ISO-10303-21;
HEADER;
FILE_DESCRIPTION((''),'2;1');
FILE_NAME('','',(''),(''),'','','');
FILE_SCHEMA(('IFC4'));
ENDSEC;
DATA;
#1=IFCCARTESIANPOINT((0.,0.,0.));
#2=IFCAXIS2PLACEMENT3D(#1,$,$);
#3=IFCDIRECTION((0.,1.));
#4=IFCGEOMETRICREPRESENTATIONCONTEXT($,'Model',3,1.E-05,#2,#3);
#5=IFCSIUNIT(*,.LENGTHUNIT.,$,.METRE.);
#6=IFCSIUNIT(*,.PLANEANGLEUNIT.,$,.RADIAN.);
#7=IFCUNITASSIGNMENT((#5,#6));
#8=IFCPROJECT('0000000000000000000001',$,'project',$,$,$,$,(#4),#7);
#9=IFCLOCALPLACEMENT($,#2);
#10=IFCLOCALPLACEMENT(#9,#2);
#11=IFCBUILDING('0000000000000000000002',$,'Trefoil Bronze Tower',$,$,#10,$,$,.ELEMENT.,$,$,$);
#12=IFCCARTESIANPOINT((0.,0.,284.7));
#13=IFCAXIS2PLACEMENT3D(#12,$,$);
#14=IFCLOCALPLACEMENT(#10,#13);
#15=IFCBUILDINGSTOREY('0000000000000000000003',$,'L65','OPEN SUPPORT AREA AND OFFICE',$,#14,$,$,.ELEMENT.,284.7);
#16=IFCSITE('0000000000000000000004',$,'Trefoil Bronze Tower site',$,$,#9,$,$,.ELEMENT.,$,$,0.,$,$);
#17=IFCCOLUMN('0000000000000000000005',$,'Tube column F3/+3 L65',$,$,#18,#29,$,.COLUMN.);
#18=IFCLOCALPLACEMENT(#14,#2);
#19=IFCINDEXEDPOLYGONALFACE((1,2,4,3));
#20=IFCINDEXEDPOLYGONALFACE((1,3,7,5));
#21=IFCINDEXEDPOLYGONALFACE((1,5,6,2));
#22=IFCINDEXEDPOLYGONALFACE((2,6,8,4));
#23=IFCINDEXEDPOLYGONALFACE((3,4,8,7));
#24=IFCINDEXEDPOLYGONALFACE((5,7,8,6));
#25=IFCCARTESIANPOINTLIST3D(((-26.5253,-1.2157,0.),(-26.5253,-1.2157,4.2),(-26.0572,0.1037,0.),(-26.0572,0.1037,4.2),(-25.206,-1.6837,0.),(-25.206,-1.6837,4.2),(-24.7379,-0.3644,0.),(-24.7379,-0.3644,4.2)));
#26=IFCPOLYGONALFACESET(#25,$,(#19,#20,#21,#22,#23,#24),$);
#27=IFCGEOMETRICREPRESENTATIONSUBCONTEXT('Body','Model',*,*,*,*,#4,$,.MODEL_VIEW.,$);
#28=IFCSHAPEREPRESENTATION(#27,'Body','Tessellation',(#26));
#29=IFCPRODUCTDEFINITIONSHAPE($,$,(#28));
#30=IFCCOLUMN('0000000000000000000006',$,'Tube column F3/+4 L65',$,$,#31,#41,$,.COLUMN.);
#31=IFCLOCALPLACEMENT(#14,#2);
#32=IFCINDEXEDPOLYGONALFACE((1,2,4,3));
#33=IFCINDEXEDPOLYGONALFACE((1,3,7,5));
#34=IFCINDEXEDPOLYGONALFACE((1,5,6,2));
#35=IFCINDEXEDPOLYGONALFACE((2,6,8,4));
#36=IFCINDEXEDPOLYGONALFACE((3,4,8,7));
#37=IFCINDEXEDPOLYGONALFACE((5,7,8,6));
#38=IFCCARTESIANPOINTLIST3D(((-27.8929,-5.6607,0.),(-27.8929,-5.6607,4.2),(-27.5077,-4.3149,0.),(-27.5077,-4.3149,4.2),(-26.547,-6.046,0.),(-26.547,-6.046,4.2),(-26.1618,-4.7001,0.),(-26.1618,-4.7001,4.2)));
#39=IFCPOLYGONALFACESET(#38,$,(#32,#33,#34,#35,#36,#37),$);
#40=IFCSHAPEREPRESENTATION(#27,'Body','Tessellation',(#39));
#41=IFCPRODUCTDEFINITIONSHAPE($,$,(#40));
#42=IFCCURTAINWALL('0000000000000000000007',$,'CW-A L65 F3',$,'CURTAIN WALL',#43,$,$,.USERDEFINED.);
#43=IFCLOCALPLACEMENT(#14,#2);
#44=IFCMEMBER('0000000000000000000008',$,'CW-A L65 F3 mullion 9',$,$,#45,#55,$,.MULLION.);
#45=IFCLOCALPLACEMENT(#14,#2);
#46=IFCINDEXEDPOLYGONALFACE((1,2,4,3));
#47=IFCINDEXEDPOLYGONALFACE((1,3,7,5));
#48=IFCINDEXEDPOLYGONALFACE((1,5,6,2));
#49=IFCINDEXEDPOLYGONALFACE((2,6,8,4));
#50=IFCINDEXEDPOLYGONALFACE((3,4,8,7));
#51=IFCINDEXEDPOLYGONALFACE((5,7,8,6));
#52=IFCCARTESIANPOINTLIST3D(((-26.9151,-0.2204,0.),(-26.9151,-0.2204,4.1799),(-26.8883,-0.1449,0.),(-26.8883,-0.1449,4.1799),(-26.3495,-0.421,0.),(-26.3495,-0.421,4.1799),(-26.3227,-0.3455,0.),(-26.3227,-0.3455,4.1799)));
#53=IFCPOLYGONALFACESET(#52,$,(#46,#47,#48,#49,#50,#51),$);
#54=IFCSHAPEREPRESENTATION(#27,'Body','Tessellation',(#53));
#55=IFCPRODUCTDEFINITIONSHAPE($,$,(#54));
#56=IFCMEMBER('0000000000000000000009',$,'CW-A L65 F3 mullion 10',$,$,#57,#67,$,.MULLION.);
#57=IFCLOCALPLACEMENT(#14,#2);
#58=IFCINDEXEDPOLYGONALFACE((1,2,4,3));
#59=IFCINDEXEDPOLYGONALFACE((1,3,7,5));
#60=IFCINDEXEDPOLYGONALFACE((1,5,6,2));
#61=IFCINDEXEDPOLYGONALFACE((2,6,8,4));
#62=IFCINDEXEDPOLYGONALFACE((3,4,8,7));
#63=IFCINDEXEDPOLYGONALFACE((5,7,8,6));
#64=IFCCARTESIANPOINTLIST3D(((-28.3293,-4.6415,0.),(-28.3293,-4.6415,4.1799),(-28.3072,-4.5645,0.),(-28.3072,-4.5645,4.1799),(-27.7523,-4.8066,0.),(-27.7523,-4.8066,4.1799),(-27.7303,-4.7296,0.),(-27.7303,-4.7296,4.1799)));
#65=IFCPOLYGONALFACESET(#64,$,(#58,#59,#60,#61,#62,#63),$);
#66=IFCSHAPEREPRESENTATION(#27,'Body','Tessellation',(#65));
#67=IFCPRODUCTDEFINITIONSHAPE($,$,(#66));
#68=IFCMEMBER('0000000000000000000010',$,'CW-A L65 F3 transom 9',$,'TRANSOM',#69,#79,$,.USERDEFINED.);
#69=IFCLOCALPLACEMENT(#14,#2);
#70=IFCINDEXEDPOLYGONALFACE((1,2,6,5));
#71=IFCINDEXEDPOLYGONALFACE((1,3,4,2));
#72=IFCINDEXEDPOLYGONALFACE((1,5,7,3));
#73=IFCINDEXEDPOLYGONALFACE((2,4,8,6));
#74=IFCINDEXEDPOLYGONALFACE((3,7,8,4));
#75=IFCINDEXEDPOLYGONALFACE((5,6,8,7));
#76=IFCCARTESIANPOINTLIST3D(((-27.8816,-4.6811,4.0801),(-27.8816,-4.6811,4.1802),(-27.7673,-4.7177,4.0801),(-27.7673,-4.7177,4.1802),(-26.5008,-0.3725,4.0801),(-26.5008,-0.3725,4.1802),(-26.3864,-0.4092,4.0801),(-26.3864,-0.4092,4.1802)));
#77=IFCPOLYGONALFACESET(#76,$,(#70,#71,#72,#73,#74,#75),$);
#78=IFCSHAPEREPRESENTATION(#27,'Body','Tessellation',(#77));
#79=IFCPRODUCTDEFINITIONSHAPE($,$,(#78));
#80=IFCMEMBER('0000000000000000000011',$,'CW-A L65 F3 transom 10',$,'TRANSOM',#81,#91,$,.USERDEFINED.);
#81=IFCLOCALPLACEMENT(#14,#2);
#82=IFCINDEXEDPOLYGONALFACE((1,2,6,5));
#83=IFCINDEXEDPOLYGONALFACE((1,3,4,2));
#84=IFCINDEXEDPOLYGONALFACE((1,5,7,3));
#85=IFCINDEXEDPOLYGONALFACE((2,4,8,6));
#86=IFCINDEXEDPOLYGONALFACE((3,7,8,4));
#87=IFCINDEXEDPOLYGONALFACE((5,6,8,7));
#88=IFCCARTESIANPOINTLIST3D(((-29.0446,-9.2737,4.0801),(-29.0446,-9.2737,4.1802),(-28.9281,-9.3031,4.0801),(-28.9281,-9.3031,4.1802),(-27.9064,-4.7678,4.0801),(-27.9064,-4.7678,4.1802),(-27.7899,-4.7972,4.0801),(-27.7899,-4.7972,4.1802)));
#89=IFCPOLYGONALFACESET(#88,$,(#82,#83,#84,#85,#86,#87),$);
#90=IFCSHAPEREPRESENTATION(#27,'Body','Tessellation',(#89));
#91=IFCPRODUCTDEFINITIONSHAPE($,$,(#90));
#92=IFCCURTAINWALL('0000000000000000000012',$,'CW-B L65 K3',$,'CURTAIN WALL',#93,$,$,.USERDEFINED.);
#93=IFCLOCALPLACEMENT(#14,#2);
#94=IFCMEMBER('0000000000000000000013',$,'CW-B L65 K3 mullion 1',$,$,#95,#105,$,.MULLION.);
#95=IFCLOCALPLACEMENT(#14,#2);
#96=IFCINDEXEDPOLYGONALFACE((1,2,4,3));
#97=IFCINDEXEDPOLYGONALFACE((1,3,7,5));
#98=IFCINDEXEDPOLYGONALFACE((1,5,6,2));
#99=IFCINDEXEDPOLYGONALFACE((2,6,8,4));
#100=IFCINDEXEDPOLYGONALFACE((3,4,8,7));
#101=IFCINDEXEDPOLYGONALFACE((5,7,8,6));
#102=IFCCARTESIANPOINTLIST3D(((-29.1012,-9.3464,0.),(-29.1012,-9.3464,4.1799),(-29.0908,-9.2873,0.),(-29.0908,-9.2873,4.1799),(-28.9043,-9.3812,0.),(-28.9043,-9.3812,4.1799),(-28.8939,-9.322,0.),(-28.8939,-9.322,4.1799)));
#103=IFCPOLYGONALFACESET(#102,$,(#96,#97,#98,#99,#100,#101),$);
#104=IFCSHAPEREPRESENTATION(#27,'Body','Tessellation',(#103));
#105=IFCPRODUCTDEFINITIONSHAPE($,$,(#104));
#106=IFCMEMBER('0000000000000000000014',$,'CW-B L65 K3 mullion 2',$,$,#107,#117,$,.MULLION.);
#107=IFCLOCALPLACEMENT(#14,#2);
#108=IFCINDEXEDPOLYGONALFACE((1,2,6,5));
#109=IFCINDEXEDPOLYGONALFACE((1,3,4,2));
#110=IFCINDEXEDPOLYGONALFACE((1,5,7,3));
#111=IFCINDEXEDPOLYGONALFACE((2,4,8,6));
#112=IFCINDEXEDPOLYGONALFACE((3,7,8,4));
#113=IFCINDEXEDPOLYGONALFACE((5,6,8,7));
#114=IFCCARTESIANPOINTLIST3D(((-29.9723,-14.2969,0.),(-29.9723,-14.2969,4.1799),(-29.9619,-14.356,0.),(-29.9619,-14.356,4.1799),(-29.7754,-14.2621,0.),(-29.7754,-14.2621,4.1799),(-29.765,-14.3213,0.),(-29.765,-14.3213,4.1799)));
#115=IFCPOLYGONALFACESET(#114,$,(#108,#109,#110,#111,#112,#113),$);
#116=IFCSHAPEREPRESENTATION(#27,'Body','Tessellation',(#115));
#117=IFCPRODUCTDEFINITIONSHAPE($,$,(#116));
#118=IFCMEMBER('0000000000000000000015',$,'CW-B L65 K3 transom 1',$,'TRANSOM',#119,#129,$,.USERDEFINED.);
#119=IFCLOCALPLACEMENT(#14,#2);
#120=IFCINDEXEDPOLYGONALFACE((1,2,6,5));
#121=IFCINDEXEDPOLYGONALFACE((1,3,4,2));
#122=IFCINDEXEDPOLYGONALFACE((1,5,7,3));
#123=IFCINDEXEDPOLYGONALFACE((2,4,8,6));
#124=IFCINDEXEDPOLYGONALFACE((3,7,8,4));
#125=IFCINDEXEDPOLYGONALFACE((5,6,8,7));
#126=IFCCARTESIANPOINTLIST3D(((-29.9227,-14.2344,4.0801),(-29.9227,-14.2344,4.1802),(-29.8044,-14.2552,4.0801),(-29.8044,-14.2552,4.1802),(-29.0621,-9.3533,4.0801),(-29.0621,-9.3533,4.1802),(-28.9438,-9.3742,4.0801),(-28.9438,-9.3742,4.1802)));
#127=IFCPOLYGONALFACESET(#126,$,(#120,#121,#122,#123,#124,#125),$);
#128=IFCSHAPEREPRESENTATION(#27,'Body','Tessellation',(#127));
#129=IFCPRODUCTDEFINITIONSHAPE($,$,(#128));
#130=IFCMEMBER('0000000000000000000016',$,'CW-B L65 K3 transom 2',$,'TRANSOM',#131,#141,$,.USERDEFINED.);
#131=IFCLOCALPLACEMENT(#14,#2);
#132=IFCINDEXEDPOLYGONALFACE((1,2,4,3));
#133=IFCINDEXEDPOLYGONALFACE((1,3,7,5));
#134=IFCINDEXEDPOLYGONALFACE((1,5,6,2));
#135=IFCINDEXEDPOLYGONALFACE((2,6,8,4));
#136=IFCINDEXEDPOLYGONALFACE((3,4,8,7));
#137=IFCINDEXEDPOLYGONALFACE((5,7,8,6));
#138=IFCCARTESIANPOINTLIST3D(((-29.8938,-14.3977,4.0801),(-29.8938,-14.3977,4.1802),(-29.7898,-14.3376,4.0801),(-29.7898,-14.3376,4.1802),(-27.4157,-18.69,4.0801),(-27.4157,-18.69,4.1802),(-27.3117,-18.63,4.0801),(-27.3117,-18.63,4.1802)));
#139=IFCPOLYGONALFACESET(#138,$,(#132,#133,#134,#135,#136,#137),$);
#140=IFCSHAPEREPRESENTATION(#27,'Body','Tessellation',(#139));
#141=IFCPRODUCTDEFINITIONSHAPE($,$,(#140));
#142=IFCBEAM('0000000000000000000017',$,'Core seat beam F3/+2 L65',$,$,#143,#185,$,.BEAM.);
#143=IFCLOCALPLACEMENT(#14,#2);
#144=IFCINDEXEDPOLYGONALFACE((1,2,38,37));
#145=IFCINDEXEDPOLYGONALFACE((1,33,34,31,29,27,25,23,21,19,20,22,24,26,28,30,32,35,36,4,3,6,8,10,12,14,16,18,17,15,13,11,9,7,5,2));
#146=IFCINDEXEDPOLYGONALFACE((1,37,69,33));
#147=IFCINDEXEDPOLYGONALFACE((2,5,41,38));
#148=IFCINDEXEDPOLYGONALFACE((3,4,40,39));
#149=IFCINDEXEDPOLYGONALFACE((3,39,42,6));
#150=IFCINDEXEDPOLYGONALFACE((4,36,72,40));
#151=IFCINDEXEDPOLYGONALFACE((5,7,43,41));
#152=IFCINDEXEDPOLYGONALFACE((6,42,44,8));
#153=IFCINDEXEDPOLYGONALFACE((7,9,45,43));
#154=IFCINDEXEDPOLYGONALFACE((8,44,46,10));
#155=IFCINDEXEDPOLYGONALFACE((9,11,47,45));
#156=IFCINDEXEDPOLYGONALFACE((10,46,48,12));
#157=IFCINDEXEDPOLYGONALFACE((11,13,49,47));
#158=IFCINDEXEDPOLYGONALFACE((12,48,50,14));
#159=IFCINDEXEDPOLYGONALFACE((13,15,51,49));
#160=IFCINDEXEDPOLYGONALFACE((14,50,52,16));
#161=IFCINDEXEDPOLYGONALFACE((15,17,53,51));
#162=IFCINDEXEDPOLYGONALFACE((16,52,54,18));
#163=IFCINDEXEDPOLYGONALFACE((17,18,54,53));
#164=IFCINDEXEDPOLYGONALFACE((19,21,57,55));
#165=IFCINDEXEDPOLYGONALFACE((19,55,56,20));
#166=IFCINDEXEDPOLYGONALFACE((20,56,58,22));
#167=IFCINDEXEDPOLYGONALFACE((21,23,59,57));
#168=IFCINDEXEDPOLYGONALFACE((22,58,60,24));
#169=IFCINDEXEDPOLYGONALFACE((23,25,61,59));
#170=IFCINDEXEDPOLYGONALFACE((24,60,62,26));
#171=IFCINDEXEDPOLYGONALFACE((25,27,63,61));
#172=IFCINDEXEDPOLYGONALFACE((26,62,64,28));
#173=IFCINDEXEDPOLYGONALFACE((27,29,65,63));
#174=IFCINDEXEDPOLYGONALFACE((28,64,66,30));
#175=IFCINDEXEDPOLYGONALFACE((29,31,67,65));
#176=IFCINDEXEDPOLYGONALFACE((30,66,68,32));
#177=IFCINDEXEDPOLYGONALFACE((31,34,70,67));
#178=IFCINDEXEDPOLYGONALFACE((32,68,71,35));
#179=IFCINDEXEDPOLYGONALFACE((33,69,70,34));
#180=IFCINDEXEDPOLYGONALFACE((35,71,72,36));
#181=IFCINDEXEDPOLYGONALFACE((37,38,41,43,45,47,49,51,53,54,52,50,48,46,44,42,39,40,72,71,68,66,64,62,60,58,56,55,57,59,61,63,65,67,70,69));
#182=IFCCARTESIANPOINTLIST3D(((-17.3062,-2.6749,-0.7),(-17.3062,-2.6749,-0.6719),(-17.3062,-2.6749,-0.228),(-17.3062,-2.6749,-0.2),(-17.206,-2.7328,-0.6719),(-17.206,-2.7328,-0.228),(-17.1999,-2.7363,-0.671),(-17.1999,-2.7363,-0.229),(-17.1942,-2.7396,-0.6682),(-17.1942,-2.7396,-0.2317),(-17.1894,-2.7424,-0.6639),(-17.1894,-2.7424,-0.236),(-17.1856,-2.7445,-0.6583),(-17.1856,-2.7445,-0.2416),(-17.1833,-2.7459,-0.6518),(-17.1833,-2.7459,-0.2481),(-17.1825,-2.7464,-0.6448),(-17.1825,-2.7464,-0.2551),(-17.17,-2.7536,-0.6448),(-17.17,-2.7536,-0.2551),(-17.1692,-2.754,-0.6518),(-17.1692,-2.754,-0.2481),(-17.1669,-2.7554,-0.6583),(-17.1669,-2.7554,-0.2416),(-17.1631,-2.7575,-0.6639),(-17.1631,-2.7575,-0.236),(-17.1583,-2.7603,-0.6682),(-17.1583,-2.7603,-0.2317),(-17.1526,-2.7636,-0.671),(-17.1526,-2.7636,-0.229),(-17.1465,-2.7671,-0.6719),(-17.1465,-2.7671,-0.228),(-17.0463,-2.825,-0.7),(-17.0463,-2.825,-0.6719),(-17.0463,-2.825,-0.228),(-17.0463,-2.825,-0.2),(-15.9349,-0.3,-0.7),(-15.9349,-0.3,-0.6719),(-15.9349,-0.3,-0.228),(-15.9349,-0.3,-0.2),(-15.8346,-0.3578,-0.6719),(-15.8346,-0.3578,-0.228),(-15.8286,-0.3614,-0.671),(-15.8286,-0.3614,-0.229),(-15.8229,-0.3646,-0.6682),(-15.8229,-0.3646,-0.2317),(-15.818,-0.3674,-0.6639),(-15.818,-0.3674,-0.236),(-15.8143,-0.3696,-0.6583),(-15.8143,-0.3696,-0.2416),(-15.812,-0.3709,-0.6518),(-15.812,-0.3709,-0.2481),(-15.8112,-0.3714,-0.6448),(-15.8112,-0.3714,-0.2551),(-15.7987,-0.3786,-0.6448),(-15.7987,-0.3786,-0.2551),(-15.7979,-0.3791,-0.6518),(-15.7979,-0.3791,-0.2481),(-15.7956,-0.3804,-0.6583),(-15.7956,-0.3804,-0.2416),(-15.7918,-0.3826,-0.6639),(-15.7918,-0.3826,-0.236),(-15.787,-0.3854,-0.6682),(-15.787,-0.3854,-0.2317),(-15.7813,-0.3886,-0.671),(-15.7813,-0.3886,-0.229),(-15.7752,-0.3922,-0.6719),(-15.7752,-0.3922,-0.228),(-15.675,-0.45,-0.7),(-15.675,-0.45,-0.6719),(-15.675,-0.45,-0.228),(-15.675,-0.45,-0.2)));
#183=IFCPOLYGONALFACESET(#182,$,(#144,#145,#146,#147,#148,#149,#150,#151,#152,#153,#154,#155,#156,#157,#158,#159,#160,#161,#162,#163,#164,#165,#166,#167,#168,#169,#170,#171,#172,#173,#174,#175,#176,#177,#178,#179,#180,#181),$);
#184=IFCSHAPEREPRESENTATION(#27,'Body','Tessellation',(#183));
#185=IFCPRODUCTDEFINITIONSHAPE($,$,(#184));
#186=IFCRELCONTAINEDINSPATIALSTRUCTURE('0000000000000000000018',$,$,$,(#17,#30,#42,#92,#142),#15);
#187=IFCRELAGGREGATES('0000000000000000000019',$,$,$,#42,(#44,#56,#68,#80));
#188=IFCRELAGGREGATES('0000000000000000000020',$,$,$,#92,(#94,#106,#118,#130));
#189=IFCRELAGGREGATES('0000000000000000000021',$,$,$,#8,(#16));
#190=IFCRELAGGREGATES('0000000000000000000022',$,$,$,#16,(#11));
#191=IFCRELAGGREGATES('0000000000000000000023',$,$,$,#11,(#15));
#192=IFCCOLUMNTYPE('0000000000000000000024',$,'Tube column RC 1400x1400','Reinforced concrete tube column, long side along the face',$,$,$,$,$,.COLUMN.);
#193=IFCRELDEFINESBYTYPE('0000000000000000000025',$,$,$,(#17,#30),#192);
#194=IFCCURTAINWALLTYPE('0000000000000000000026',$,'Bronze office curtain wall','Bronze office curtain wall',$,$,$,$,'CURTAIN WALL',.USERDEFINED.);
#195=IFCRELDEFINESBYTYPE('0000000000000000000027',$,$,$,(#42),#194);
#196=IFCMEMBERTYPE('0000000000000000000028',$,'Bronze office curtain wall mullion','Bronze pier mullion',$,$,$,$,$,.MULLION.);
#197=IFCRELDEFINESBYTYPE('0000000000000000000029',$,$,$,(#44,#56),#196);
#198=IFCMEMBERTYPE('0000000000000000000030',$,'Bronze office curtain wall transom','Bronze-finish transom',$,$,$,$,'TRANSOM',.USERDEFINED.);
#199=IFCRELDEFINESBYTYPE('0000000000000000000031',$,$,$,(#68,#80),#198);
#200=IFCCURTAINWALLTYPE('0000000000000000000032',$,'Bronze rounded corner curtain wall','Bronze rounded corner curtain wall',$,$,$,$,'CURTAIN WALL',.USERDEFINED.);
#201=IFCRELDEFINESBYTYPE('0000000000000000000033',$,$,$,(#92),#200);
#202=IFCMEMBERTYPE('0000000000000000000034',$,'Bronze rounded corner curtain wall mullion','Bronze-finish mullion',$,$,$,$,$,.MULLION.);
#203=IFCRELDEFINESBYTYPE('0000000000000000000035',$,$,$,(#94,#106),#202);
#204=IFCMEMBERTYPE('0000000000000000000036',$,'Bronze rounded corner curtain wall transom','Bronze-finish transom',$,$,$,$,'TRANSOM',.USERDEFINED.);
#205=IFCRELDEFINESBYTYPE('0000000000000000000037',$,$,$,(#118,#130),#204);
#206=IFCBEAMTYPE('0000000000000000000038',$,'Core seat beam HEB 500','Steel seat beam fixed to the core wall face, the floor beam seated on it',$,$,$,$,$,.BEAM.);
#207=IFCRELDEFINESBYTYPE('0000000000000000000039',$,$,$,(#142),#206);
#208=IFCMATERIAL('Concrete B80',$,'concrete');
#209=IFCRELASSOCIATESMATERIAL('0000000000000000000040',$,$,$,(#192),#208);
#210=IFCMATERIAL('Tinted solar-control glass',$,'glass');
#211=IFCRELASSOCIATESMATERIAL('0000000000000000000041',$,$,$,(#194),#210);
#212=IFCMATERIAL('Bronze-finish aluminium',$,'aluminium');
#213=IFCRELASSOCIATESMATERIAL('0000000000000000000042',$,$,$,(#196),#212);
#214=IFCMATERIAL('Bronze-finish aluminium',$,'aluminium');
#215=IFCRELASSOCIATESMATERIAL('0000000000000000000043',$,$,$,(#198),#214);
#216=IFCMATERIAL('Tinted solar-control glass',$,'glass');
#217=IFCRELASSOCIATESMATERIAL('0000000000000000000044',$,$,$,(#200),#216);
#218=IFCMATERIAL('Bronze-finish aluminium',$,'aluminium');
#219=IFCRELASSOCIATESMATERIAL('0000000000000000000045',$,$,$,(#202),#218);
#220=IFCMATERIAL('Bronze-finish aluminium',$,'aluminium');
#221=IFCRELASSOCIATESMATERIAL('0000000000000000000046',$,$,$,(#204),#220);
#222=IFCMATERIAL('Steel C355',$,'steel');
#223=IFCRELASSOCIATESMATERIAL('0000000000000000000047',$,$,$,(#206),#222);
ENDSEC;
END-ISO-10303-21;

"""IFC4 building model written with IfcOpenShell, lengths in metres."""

from ifc_helpers import new_model, si_unit, direction, frame, origin, origin_2d, place, context, subcontext, project, spatial, rectangle, i_section, extrude, material, material_profile, profile_set, type_object, element, aggregate, save


model = new_model("IFC4")

# Units and contexts
model_context = context("Model", 3, precision=1e-05, world=origin(), true_north=direction((0.0, 1.0)))
body_context = subcontext(model_context, "Body", "Model", "MODEL_VIEW")
ifc_project = project(units=[si_unit("LENGTHUNIT", "METRE"), si_unit("PLANEANGLEUNIT", "RADIAN")], contexts=[model_context])

# Site, building, storey
site_placement = place(None, origin())
site = spatial("IfcSite", under=ifc_project, at=site_placement, Name="Trefoil Bronze Tower site", CompositionType="ELEMENT", RefElevation=0.0)
building_placement = place(site_placement, origin())
building = spatial("IfcBuilding", under=site, at=building_placement, Name="Trefoil Bronze Tower", CompositionType="ELEMENT")
storey_placement = place(building_placement, frame((0.0, 0.0, 284.7)))
storey = spatial("IfcBuildingStorey", under=building, at=storey_placement, Name="L65", Description="OPEN SUPPORT AREA AND OFFICE", CompositionType="ELEMENT", Elevation=284.7)

# Columns
ifc_material_1 = material(Name="Concrete B80", Category="concrete")
ifc_material_profile_1 = material_profile(ifc_material_1, rectangle(XDim=1.3999, YDim=1.3999, at=origin_2d()), Name="RC 1400x1400")
ifc_profile_set_1 = profile_set([ifc_material_profile_1], Name="Concrete B80")
column_type = type_object("IfcColumnType", Name="Tube column RC 1400x1400", Description="Reinforced concrete tube column, long side along the face", PredefinedType="COLUMN", material=ifc_profile_set_1)
for number, where, z_axis, x_axis, name in (
    (1, (-25.6316, -0.79, 0.0), (0.0, 0.0, 1.0), (-0.334352, -0.942448, 0.0), "Tube column F3/+3 L65"),
    (2, (-27.0273, -5.1804, 0.0), (0.0, 0.0, 1.0), (-0.275169, -0.961396, 0.0), "Tube column F3/+4 L65"),
):
    element("IfcColumn", number, at=place(storey_placement, frame(where, z_axis=z_axis, x_axis=x_axis)), inside=storey, type_object=column_type, Name=name, PredefinedType="COLUMN", context=body_context, shape_type="SweptSolid", body=[
        extrude(rectangle(XDim=1.3999, YDim=1.3999, at=origin_2d()), origin(), (0.0, 0.0, 1.0), 4.2),
    ])

# Curtain walls, members
ifc_material_2 = material(Name="Tinted solar-control glass", Category="glass")
curtain_wall_type_1 = type_object("IfcCurtainWallType", Name="Bronze office curtain wall", Description="Bronze office curtain wall", ElementType="CURTAIN WALL", PredefinedType="USERDEFINED", material=ifc_material_2)
curtain_wall_1_placement = place(storey_placement, origin())
curtain_wall_1 = element("IfcCurtainWall", 3, at=curtain_wall_1_placement, inside=storey, type_object=curtain_wall_type_1, Name="CW-A L65 F3", ObjectType="CURTAIN WALL", PredefinedType="USERDEFINED")
ifc_material_3 = material(Name="Bronze-finish aluminium", Category="aluminium")
ifc_material_profile_2 = material_profile(ifc_material_3, rectangle(XDim=0.6001, YDim=0.0801, at=origin_2d()), Name="CW-A mullion")
ifc_profile_set_2 = profile_set([ifc_material_profile_2], Name="Bronze-finish aluminium")
member_type_1 = type_object("IfcMemberType", Name="Bronze office curtain wall mullion", Description="Bronze pier mullion", PredefinedType="MULLION", material=ifc_profile_set_2)
member_1_placement = place(storey_placement, frame((-26.6189, -0.283, 0.0), z_axis=(0.0, 0.0, 1.0), x_axis=(0.942448, -0.334352, 0.0)))
member_1 = element("IfcMember", 4, at=member_1_placement, type_object=member_type_1, Name="CW-A L65 F3 mullion 9", PredefinedType="MULLION", context=body_context, shape_type="SweptSolid", body=[
    extrude(rectangle(XDim=0.6001, YDim=0.0801, at=origin_2d()), origin(), (0.0, 0.0, 1.0), 4.1799),
])
member_2_placement = place(storey_placement, frame((-28.0298, -4.6855, 0.0), z_axis=(0.0, 0.0, 1.0), x_axis=(0.961396, -0.275169, 0.0)))
member_2 = element("IfcMember", 5, at=member_2_placement, type_object=member_type_1, Name="CW-A L65 F3 mullion 10", PredefinedType="MULLION", context=body_context, shape_type="SweptSolid", body=[
    extrude(rectangle(XDim=0.6001, YDim=0.0801, at=origin_2d()), origin(), (0.0, 0.0, 1.0), 4.1799),
])
ifc_material_4 = material(Name="Bronze-finish aluminium", Category="aluminium")
ifc_material_profile_3 = material_profile(ifc_material_4, rectangle(XDim=0.1201, YDim=0.1001, at=origin_2d()), Name="CW-A transom")
ifc_profile_set_3 = profile_set([ifc_material_profile_3], Name="Bronze-finish aluminium")
member_type_2 = type_object("IfcMemberType", Name="Bronze office curtain wall transom", Description="Bronze-finish transom", ElementType="TRANSOM", PredefinedType="USERDEFINED", material=ifc_profile_set_3)
member_3_placement = place(storey_placement, frame((-26.4436, -0.3909, 4.1301), z_axis=(-0.305199, -0.952289, 0.0), x_axis=(0.952289, -0.305199, 0.0)))
member_3 = element("IfcMember", 6, at=member_3_placement, type_object=member_type_2, Name="CW-A L65 F3 transom 9", ObjectType="TRANSOM", PredefinedType="USERDEFINED", context=body_context, shape_type="SweptSolid", body=[
    extrude(rectangle(XDim=0.1201, YDim=0.1001, at=origin_2d()), origin(), (0.0, 0.0, 1.0), 4.5244),
])
member_4_placement = place(storey_placement, frame((-27.8481, -4.7825, 4.1301), z_axis=(-0.244908, -0.969546, 0.0), x_axis=(0.969546, -0.244908, 0.0)))
member_4 = element("IfcMember", 7, at=member_4_placement, type_object=member_type_2, Name="CW-A L65 F3 transom 10", ObjectType="TRANSOM", PredefinedType="USERDEFINED", context=body_context, shape_type="SweptSolid", body=[
    extrude(rectangle(XDim=0.1201, YDim=0.1001, at=origin_2d()), origin(), (0.0, 0.0, 1.0), 4.6475),
])
ifc_material_5 = material(Name="Tinted solar-control glass", Category="glass")
curtain_wall_type_2 = type_object("IfcCurtainWallType", Name="Bronze rounded corner curtain wall", Description="Bronze rounded corner curtain wall", ElementType="CURTAIN WALL", PredefinedType="USERDEFINED", material=ifc_material_5)
curtain_wall_2_placement = place(storey_placement, origin())
curtain_wall_2 = element("IfcCurtainWall", 8, at=curtain_wall_2_placement, inside=storey, type_object=curtain_wall_type_2, Name="CW-B L65 K3", ObjectType="CURTAIN WALL", PredefinedType="USERDEFINED")
ifc_material_6 = material(Name="Bronze-finish aluminium", Category="aluminium")
ifc_material_profile_4 = material_profile(ifc_material_6, rectangle(XDim=0.2, YDim=0.0601, at=origin_2d()), Name="CW-B mullion")
ifc_profile_set_4 = profile_set([ifc_material_profile_4], Name="Bronze-finish aluminium")
member_type_3 = type_object("IfcMemberType", Name="Bronze rounded corner curtain wall mullion", Description="Bronze-finish mullion", PredefinedType="MULLION", material=ifc_profile_set_4)
member_5_placement = place(storey_placement, frame((-28.9976, -9.3342, 0.0), z_axis=(0.0, 0.0, 1.0), x_axis=(0.984808, -0.173648, 0.0)))
member_5 = element("IfcMember", 9, at=member_5_placement, type_object=member_type_3, Name="CW-B L65 K3 mullion 1", PredefinedType="MULLION", context=body_context, shape_type="SweptSolid", body=[
    extrude(rectangle(XDim=0.2, YDim=0.0601, at=origin_2d()), origin(), (0.0, 0.0, 1.0), 4.1799),
])
member_6_placement = place(storey_placement, frame((-29.8687, -14.3091, 0.0), z_axis=(0.0, 0.0, 1.0), x_axis=(0.984808, 0.173648, 0.0)))
member_6 = element("IfcMember", 10, at=member_6_placement, type_object=member_type_3, Name="CW-B L65 K3 mullion 2", PredefinedType="MULLION", context=body_context, shape_type="SweptSolid", body=[
    extrude(rectangle(XDim=0.2, YDim=0.0601, at=origin_2d()), origin(), (0.0, 0.0, 1.0), 4.1799),
])
ifc_material_7 = material(Name="Bronze-finish aluminium", Category="aluminium")
ifc_material_profile_5 = material_profile(ifc_material_7, rectangle(XDim=0.1201, YDim=0.1001, at=origin_2d()), Name="CW-B transom")
ifc_profile_set_5 = profile_set([ifc_material_profile_5], Name="Bronze-finish aluminium")
member_type_4 = type_object("IfcMemberType", Name="Bronze rounded corner curtain wall transom", Description="Bronze-finish transom", ElementType="TRANSOM", PredefinedType="USERDEFINED", material=ifc_profile_set_5)
member_7_placement = place(storey_placement, frame((-29.0029, -9.3638, 4.1301), z_axis=(-0.173634, -0.98481, 0.0), x_axis=(0.98481, -0.173634, 0.0)))
member_7 = element("IfcMember", 11, at=member_7_placement, type_object=member_type_4, Name="CW-B L65 K3 transom 1", ObjectType="TRANSOM", PredefinedType="USERDEFINED", context=body_context, shape_type="SweptSolid", body=[
    extrude(rectangle(XDim=0.1201, YDim=0.1001, at=origin_2d()), origin(), (0.0, 0.0, 1.0), 4.9563),
])
member_8_placement = place(storey_placement, frame((-29.8418, -14.3677, 4.1301), z_axis=(0.499985, -0.866034, 0.0), x_axis=(0.866034, 0.499985, 0.0)))
member_8 = element("IfcMember", 12, at=member_8_placement, type_object=member_type_4, Name="CW-B L65 K3 transom 2", ObjectType="TRANSOM", PredefinedType="USERDEFINED", context=body_context, shape_type="SweptSolid", body=[
    extrude(rectangle(XDim=0.1201, YDim=0.1001, at=origin_2d()), origin(), (0.0, 0.0, 1.0), 4.9563),
])

# Beam
ifc_material_8 = material(Name="Steel C355", Category="steel")
ifc_material_profile_6 = material_profile(ifc_material_8, i_section(OverallWidth=0.3, OverallDepth=0.5, WebThickness=0.0144, FlangeThickness=0.0281, FilletRadius=0.0271, at=origin_2d()), Name="HEB 500")
ifc_profile_set_6 = profile_set([ifc_material_profile_6], Name="Steel C355")
beam_type_1 = type_object("IfcBeamType", Name="Core seat beam HEB 500", Description="Steel seat beam fixed to the core wall face, the floor beam seated on it", PredefinedType="BEAM", material=ifc_profile_set_6)
beam_1_placement = place(storey_placement, frame((-15.8049, -0.375, -0.45), z_axis=(-0.500036, -0.866005, 0.0), x_axis=(0.866005, -0.500036, 0.0)))
element("IfcBeam", 13, at=beam_1_placement, inside=storey, type_object=beam_type_1, Name="Core seat beam F3/+2 L65", PredefinedType="BEAM", context=body_context, shape_type="SweptSolid", body=[
    extrude(i_section(OverallWidth=0.3, OverallDepth=0.5, WebThickness=0.0144, FlangeThickness=0.0281, FilletRadius=0.0271, at=origin_2d()), origin(), (0.0, 0.0, 1.0), 2.7424),
])

aggregate(curtain_wall_1, [member_1, member_2, member_3, member_4])
aggregate(curtain_wall_2, [member_5, member_6, member_7, member_8])

save(model, "model.ifc")
